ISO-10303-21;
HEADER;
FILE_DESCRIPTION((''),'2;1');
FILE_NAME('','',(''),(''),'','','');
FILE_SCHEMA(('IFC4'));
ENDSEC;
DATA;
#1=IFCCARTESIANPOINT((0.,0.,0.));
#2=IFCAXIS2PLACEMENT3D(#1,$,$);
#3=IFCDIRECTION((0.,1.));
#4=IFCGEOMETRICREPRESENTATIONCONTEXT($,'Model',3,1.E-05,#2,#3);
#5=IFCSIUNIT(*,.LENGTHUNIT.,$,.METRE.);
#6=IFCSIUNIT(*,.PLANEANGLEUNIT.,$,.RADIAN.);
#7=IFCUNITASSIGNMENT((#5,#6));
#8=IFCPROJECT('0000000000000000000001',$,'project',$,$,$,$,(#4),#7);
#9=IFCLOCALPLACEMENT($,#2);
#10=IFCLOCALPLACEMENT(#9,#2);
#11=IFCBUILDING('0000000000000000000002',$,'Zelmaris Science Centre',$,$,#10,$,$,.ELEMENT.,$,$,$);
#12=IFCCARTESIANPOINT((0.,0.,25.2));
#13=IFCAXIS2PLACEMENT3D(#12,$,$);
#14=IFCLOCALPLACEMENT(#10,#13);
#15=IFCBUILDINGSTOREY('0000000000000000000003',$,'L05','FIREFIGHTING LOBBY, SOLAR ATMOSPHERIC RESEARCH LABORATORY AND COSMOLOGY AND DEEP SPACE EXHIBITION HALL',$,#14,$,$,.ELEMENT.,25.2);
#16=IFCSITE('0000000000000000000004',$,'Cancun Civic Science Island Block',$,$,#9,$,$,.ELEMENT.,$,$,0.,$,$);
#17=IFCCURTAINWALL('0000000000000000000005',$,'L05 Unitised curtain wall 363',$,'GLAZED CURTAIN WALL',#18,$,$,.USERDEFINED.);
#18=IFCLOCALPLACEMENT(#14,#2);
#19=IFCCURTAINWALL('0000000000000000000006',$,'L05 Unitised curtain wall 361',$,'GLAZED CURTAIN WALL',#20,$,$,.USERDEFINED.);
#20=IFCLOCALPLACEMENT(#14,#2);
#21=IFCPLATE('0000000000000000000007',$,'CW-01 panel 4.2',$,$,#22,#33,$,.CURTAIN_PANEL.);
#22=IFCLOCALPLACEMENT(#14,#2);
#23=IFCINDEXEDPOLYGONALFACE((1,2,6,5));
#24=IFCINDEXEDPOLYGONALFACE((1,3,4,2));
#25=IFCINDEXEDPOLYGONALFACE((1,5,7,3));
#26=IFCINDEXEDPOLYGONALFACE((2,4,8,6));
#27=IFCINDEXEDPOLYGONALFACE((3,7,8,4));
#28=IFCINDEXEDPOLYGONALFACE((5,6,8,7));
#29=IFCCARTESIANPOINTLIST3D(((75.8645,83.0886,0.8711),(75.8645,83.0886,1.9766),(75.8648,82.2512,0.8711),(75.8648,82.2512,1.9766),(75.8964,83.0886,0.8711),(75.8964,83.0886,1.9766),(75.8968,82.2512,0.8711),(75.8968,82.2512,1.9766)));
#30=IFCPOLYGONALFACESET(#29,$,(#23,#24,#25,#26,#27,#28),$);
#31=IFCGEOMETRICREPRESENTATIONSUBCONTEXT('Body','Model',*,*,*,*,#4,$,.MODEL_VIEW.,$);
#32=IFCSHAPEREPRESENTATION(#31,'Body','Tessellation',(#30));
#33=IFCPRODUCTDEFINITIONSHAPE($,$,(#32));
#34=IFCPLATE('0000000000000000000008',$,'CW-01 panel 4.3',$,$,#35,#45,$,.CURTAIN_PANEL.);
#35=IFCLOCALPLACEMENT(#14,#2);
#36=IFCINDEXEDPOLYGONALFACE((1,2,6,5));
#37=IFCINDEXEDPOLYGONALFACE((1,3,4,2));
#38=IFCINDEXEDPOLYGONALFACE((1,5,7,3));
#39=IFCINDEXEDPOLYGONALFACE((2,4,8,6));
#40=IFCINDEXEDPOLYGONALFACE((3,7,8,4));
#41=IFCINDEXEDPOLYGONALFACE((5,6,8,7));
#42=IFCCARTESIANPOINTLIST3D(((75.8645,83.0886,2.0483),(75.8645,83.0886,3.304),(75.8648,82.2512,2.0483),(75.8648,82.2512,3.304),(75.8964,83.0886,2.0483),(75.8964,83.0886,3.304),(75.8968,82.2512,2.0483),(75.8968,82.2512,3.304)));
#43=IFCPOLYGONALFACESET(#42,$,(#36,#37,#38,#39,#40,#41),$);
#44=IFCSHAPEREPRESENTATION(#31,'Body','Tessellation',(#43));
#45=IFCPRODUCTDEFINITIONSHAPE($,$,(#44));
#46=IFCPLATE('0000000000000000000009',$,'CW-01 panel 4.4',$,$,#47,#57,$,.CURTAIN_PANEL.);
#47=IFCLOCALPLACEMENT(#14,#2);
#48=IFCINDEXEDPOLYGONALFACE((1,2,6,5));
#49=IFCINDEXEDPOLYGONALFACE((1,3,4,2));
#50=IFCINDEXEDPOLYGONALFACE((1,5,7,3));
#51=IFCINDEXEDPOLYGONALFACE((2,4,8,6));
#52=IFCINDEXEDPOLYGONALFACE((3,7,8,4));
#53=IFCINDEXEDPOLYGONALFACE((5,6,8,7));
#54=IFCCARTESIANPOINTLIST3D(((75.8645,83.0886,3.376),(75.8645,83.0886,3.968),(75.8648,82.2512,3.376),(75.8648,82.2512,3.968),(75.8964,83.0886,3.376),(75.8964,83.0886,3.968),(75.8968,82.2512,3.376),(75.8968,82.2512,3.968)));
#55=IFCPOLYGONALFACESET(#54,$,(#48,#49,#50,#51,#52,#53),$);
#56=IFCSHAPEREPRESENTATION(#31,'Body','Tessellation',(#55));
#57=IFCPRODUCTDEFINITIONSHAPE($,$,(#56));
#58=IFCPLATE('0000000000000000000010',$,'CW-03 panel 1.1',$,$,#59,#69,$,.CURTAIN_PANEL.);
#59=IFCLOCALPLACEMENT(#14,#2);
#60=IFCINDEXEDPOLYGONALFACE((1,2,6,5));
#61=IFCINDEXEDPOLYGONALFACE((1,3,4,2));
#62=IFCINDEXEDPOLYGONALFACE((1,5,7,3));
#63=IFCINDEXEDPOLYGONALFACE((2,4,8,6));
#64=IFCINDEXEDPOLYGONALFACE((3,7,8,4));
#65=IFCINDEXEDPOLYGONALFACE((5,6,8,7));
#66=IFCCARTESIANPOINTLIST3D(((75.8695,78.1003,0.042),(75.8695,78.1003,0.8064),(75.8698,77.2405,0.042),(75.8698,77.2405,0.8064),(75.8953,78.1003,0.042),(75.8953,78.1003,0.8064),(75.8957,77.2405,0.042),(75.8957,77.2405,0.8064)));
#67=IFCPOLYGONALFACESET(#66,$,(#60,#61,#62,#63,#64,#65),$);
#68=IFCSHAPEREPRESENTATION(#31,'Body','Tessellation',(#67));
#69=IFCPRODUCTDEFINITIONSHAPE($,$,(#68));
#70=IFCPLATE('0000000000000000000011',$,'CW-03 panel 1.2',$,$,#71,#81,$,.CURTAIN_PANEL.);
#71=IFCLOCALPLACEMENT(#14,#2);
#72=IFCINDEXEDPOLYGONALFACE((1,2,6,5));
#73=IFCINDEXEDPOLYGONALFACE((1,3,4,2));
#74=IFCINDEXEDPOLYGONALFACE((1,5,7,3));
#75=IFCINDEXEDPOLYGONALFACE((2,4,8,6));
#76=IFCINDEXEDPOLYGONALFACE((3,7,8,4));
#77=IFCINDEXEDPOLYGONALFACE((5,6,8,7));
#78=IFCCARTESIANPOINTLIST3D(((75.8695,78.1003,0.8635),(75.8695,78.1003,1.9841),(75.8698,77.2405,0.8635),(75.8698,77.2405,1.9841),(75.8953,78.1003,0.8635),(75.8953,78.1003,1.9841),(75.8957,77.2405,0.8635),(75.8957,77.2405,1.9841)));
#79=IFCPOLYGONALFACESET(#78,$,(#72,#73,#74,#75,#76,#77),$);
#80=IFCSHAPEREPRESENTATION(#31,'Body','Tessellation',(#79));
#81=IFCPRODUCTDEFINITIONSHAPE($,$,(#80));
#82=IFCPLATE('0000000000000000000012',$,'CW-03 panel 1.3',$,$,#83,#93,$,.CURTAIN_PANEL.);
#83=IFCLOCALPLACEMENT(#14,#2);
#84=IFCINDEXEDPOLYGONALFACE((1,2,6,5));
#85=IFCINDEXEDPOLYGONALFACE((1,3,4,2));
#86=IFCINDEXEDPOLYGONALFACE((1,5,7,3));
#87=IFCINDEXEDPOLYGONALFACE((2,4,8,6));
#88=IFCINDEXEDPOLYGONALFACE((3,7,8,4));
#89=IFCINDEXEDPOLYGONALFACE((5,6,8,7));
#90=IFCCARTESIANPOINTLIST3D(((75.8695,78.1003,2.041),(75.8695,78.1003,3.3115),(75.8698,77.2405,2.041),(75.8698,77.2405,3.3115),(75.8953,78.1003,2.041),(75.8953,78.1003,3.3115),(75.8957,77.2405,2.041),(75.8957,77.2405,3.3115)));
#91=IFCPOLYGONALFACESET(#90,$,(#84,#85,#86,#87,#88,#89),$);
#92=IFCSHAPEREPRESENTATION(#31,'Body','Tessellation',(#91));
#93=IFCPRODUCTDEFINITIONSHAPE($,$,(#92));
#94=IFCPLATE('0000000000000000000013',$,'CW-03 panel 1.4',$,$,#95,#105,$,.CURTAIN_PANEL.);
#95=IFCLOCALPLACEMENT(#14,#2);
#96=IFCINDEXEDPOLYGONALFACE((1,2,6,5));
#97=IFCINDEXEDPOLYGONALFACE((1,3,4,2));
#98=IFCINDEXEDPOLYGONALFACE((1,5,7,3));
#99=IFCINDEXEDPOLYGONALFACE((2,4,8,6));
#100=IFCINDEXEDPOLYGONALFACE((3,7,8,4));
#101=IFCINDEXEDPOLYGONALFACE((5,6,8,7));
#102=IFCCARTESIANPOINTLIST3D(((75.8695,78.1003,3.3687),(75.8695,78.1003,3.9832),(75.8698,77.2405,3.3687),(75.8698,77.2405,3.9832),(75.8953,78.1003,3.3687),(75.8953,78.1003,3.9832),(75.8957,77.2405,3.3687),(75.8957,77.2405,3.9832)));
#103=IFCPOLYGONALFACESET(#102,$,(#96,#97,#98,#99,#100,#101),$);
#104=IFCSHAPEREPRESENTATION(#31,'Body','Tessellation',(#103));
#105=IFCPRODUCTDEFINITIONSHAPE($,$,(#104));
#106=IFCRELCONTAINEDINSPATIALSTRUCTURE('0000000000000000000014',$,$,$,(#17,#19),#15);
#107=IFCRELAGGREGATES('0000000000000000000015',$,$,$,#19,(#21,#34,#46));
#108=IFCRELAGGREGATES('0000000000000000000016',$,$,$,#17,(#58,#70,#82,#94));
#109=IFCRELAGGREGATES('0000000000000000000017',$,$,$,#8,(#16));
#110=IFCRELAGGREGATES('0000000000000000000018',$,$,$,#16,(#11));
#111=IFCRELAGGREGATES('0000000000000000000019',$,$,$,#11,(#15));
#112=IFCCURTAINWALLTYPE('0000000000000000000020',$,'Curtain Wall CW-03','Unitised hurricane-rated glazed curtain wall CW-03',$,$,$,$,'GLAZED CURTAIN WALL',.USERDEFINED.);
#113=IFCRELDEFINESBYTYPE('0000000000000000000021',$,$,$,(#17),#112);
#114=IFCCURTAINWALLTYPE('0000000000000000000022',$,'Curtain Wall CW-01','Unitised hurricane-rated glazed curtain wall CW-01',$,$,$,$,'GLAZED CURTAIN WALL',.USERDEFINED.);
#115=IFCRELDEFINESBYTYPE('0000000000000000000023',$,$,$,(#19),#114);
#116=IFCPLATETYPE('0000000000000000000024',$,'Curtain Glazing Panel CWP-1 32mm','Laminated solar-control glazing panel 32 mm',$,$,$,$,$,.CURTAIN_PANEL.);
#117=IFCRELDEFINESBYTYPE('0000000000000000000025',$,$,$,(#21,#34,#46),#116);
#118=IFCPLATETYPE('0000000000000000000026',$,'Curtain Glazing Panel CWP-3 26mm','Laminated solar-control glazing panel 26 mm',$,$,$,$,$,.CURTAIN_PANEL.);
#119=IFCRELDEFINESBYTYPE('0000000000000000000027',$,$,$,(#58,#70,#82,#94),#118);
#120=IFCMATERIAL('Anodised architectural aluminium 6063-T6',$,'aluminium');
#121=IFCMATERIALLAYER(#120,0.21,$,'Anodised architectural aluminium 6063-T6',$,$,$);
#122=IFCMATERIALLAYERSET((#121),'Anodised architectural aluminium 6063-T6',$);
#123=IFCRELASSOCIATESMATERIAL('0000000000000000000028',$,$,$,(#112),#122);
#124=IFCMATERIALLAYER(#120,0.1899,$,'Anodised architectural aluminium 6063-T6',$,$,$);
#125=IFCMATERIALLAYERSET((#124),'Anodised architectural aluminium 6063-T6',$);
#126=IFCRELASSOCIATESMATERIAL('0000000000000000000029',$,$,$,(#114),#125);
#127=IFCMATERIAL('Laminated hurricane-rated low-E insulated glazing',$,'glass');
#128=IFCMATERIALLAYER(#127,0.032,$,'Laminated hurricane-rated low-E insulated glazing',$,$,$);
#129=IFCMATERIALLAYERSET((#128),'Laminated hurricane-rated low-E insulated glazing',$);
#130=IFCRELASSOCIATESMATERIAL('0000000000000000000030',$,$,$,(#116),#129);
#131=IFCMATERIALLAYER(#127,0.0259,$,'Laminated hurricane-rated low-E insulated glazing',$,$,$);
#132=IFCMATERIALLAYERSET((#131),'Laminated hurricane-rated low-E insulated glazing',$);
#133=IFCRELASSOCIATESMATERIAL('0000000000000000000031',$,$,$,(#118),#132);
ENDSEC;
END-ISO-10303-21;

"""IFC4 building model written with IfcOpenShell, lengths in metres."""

from ifc_helpers import new_model, si_unit, direction, frame, origin, origin_2d, place, context, subcontext, project, spatial, rectangle, extrude, material, layer, layer_set, type_object, element, aggregate, save


model = new_model("IFC4")

# Units and contexts
model_context = context("Model", 3, precision=1e-05, world=origin(), true_north=direction((0.0, 1.0)))
body_context = subcontext(model_context, "Body", "Model", "MODEL_VIEW")
ifc_project = project(units=[si_unit("LENGTHUNIT", "METRE"), si_unit("PLANEANGLEUNIT", "RADIAN")], contexts=[model_context])

# Site, building, storey
site_placement = place(None, origin())
site = spatial("IfcSite", under=ifc_project, at=site_placement, Name="Cancun Civic Science Island Block", CompositionType="ELEMENT", RefElevation=0.0)
building_placement = place(site_placement, origin())
building = spatial("IfcBuilding", under=site, at=building_placement, Name="Zelmaris Science Centre", CompositionType="ELEMENT")
storey_placement = place(building_placement, frame((0.0, 0.0, 25.2)))
storey = spatial("IfcBuildingStorey", under=building, at=storey_placement, Name="L05", Description="FIREFIGHTING LOBBY, SOLAR ATMOSPHERIC RESEARCH LABORATORY AND COSMOLOGY AND DEEP SPACE EXHIBITION HALL", CompositionType="ELEMENT", Elevation=25.2)

# Curtain walls
ifc_material_1 = material(Name="Anodised architectural aluminium 6063-T6", Category="aluminium")
ifc_layer_1 = layer(ifc_material_1, 0.21, Name="Anodised architectural aluminium 6063-T6")
ifc_layer_set_1 = layer_set([ifc_layer_1], Name="Anodised architectural aluminium 6063-T6")
curtain_wall_type_1 = type_object("IfcCurtainWallType", Name="Curtain Wall CW-03", Description="Unitised hurricane-rated glazed curtain wall CW-03", ElementType="GLAZED CURTAIN WALL", PredefinedType="USERDEFINED", material=ifc_layer_set_1)
curtain_wall_1_placement = place(storey_placement, origin())
curtain_wall_1 = element("IfcCurtainWall", 1, at=curtain_wall_1_placement, inside=storey, type_object=curtain_wall_type_1, Name="L05 Unitised curtain wall 363", ObjectType="GLAZED CURTAIN WALL", PredefinedType="USERDEFINED")
ifc_layer_2 = layer(ifc_material_1, 0.1899, Name="Anodised architectural aluminium 6063-T6")
ifc_layer_set_2 = layer_set([ifc_layer_2], Name="Anodised architectural aluminium 6063-T6")
curtain_wall_type_2 = type_object("IfcCurtainWallType", Name="Curtain Wall CW-01", Description="Unitised hurricane-rated glazed curtain wall CW-01", ElementType="GLAZED CURTAIN WALL", PredefinedType="USERDEFINED", material=ifc_layer_set_2)
curtain_wall_2_placement = place(storey_placement, origin())
curtain_wall_2 = element("IfcCurtainWall", 2, at=curtain_wall_2_placement, inside=storey, type_object=curtain_wall_type_2, Name="L05 Unitised curtain wall 361", ObjectType="GLAZED CURTAIN WALL", PredefinedType="USERDEFINED")

# Plates
ifc_material_2 = material(Name="Laminated hurricane-rated low-E insulated glazing", Category="glass")
ifc_layer_3 = layer(ifc_material_2, 0.032, Name="Laminated hurricane-rated low-E insulated glazing")
ifc_layer_set_3 = layer_set([ifc_layer_3], Name="Laminated hurricane-rated low-E insulated glazing")
plate_type_1 = type_object("IfcPlateType", Name="Curtain Glazing Panel CWP-1 32mm", Description="Laminated solar-control glazing panel 32 mm", PredefinedType="CURTAIN_PANEL", material=ifc_layer_set_3)
plate_1_placement = place(storey_placement, frame((75.8806, 82.6699, 0.8711), z_axis=(0.0, 0.0, 1.0), x_axis=(0.000397, -1.0, 0.0)))
plate_1 = element("IfcPlate", 3, at=plate_1_placement, type_object=plate_type_1, Name="CW-01 panel 4.2", PredefinedType="CURTAIN_PANEL", context=body_context, shape_type="SweptSolid", body=[
    extrude(rectangle(XDim=0.8374, YDim=0.032, at=origin_2d()), origin(), (0.0, 0.0, 1.0), 1.1055),
])
plate_2_placement = place(storey_placement, frame((75.8806, 82.6699, 2.0483), z_axis=(0.0, 0.0, 1.0), x_axis=(0.000397, -1.0, 0.0)))
plate_2 = element("IfcPlate", 4, at=plate_2_placement, type_object=plate_type_1, Name="CW-01 panel 4.3", PredefinedType="CURTAIN_PANEL", context=body_context, shape_type="SweptSolid", body=[
    extrude(rectangle(XDim=0.8374, YDim=0.032, at=origin_2d()), origin(), (0.0, 0.0, 1.0), 1.2556),
])
plate_3_placement = place(storey_placement, frame((75.8806, 82.6699, 3.376), z_axis=(0.0, 0.0, 1.0), x_axis=(0.000397, -1.0, 0.0)))
plate_3 = element("IfcPlate", 5, at=plate_3_placement, type_object=plate_type_1, Name="CW-01 panel 4.4", PredefinedType="CURTAIN_PANEL", context=body_context, shape_type="SweptSolid", body=[
    extrude(rectangle(XDim=0.8374, YDim=0.032, at=origin_2d()), origin(), (0.0, 0.0, 1.0), 0.592),
])
aggregate(curtain_wall_2, [plate_1, plate_2, plate_3])
ifc_layer_4 = layer(ifc_material_2, 0.0259, Name="Laminated hurricane-rated low-E insulated glazing")
ifc_layer_set_4 = layer_set([ifc_layer_4], Name="Laminated hurricane-rated low-E insulated glazing")
plate_type_2 = type_object("IfcPlateType", Name="Curtain Glazing Panel CWP-3 26mm", Description="Laminated solar-control glazing panel 26 mm", PredefinedType="CURTAIN_PANEL", material=ifc_layer_set_4)
plate_4_placement = place(storey_placement, frame((75.8826, 77.6704, 0.042), z_axis=(0.0, 0.0, 1.0), x_axis=(0.000397, -1.0, 0.0)))
plate_4 = element("IfcPlate", 6, at=plate_4_placement, type_object=plate_type_2, Name="CW-03 panel 1.1", PredefinedType="CURTAIN_PANEL", context=body_context, shape_type="SweptSolid", body=[
    extrude(rectangle(XDim=0.8599, YDim=0.0259, at=origin_2d()), origin(), (0.0, 0.0, 1.0), 0.7644),
])
plate_5_placement = place(storey_placement, frame((75.8826, 77.6704, 0.8635), z_axis=(0.0, 0.0, 1.0), x_axis=(0.000397, -1.0, 0.0)))
plate_5 = element("IfcPlate", 7, at=plate_5_placement, type_object=plate_type_2, Name="CW-03 panel 1.2", PredefinedType="CURTAIN_PANEL", context=body_context, shape_type="SweptSolid", body=[
    extrude(rectangle(XDim=0.8599, YDim=0.0259, at=origin_2d()), origin(), (0.0, 0.0, 1.0), 1.1206),
])
plate_6_placement = place(storey_placement, frame((75.8826, 77.6704, 2.041), z_axis=(0.0, 0.0, 1.0), x_axis=(0.000397, -1.0, 0.0)))
plate_6 = element("IfcPlate", 8, at=plate_6_placement, type_object=plate_type_2, Name="CW-03 panel 1.3", PredefinedType="CURTAIN_PANEL", context=body_context, shape_type="SweptSolid", body=[
    extrude(rectangle(XDim=0.8599, YDim=0.0259, at=origin_2d()), origin(), (0.0, 0.0, 1.0), 1.2705),
])
plate_7_placement = place(storey_placement, frame((75.8826, 77.6704, 3.3687), z_axis=(0.0, 0.0, 1.0), x_axis=(0.000397, -1.0, 0.0)))
plate_7 = element("IfcPlate", 9, at=plate_7_placement, type_object=plate_type_2, Name="CW-03 panel 1.4", PredefinedType="CURTAIN_PANEL", context=body_context, shape_type="SweptSolid", body=[
    extrude(rectangle(XDim=0.8599, YDim=0.0259, at=origin_2d()), origin(), (0.0, 0.0, 1.0), 0.6145),
])
aggregate(curtain_wall_1, [plate_4, plate_5, plate_6, plate_7])

save(model, "model.ifc")
